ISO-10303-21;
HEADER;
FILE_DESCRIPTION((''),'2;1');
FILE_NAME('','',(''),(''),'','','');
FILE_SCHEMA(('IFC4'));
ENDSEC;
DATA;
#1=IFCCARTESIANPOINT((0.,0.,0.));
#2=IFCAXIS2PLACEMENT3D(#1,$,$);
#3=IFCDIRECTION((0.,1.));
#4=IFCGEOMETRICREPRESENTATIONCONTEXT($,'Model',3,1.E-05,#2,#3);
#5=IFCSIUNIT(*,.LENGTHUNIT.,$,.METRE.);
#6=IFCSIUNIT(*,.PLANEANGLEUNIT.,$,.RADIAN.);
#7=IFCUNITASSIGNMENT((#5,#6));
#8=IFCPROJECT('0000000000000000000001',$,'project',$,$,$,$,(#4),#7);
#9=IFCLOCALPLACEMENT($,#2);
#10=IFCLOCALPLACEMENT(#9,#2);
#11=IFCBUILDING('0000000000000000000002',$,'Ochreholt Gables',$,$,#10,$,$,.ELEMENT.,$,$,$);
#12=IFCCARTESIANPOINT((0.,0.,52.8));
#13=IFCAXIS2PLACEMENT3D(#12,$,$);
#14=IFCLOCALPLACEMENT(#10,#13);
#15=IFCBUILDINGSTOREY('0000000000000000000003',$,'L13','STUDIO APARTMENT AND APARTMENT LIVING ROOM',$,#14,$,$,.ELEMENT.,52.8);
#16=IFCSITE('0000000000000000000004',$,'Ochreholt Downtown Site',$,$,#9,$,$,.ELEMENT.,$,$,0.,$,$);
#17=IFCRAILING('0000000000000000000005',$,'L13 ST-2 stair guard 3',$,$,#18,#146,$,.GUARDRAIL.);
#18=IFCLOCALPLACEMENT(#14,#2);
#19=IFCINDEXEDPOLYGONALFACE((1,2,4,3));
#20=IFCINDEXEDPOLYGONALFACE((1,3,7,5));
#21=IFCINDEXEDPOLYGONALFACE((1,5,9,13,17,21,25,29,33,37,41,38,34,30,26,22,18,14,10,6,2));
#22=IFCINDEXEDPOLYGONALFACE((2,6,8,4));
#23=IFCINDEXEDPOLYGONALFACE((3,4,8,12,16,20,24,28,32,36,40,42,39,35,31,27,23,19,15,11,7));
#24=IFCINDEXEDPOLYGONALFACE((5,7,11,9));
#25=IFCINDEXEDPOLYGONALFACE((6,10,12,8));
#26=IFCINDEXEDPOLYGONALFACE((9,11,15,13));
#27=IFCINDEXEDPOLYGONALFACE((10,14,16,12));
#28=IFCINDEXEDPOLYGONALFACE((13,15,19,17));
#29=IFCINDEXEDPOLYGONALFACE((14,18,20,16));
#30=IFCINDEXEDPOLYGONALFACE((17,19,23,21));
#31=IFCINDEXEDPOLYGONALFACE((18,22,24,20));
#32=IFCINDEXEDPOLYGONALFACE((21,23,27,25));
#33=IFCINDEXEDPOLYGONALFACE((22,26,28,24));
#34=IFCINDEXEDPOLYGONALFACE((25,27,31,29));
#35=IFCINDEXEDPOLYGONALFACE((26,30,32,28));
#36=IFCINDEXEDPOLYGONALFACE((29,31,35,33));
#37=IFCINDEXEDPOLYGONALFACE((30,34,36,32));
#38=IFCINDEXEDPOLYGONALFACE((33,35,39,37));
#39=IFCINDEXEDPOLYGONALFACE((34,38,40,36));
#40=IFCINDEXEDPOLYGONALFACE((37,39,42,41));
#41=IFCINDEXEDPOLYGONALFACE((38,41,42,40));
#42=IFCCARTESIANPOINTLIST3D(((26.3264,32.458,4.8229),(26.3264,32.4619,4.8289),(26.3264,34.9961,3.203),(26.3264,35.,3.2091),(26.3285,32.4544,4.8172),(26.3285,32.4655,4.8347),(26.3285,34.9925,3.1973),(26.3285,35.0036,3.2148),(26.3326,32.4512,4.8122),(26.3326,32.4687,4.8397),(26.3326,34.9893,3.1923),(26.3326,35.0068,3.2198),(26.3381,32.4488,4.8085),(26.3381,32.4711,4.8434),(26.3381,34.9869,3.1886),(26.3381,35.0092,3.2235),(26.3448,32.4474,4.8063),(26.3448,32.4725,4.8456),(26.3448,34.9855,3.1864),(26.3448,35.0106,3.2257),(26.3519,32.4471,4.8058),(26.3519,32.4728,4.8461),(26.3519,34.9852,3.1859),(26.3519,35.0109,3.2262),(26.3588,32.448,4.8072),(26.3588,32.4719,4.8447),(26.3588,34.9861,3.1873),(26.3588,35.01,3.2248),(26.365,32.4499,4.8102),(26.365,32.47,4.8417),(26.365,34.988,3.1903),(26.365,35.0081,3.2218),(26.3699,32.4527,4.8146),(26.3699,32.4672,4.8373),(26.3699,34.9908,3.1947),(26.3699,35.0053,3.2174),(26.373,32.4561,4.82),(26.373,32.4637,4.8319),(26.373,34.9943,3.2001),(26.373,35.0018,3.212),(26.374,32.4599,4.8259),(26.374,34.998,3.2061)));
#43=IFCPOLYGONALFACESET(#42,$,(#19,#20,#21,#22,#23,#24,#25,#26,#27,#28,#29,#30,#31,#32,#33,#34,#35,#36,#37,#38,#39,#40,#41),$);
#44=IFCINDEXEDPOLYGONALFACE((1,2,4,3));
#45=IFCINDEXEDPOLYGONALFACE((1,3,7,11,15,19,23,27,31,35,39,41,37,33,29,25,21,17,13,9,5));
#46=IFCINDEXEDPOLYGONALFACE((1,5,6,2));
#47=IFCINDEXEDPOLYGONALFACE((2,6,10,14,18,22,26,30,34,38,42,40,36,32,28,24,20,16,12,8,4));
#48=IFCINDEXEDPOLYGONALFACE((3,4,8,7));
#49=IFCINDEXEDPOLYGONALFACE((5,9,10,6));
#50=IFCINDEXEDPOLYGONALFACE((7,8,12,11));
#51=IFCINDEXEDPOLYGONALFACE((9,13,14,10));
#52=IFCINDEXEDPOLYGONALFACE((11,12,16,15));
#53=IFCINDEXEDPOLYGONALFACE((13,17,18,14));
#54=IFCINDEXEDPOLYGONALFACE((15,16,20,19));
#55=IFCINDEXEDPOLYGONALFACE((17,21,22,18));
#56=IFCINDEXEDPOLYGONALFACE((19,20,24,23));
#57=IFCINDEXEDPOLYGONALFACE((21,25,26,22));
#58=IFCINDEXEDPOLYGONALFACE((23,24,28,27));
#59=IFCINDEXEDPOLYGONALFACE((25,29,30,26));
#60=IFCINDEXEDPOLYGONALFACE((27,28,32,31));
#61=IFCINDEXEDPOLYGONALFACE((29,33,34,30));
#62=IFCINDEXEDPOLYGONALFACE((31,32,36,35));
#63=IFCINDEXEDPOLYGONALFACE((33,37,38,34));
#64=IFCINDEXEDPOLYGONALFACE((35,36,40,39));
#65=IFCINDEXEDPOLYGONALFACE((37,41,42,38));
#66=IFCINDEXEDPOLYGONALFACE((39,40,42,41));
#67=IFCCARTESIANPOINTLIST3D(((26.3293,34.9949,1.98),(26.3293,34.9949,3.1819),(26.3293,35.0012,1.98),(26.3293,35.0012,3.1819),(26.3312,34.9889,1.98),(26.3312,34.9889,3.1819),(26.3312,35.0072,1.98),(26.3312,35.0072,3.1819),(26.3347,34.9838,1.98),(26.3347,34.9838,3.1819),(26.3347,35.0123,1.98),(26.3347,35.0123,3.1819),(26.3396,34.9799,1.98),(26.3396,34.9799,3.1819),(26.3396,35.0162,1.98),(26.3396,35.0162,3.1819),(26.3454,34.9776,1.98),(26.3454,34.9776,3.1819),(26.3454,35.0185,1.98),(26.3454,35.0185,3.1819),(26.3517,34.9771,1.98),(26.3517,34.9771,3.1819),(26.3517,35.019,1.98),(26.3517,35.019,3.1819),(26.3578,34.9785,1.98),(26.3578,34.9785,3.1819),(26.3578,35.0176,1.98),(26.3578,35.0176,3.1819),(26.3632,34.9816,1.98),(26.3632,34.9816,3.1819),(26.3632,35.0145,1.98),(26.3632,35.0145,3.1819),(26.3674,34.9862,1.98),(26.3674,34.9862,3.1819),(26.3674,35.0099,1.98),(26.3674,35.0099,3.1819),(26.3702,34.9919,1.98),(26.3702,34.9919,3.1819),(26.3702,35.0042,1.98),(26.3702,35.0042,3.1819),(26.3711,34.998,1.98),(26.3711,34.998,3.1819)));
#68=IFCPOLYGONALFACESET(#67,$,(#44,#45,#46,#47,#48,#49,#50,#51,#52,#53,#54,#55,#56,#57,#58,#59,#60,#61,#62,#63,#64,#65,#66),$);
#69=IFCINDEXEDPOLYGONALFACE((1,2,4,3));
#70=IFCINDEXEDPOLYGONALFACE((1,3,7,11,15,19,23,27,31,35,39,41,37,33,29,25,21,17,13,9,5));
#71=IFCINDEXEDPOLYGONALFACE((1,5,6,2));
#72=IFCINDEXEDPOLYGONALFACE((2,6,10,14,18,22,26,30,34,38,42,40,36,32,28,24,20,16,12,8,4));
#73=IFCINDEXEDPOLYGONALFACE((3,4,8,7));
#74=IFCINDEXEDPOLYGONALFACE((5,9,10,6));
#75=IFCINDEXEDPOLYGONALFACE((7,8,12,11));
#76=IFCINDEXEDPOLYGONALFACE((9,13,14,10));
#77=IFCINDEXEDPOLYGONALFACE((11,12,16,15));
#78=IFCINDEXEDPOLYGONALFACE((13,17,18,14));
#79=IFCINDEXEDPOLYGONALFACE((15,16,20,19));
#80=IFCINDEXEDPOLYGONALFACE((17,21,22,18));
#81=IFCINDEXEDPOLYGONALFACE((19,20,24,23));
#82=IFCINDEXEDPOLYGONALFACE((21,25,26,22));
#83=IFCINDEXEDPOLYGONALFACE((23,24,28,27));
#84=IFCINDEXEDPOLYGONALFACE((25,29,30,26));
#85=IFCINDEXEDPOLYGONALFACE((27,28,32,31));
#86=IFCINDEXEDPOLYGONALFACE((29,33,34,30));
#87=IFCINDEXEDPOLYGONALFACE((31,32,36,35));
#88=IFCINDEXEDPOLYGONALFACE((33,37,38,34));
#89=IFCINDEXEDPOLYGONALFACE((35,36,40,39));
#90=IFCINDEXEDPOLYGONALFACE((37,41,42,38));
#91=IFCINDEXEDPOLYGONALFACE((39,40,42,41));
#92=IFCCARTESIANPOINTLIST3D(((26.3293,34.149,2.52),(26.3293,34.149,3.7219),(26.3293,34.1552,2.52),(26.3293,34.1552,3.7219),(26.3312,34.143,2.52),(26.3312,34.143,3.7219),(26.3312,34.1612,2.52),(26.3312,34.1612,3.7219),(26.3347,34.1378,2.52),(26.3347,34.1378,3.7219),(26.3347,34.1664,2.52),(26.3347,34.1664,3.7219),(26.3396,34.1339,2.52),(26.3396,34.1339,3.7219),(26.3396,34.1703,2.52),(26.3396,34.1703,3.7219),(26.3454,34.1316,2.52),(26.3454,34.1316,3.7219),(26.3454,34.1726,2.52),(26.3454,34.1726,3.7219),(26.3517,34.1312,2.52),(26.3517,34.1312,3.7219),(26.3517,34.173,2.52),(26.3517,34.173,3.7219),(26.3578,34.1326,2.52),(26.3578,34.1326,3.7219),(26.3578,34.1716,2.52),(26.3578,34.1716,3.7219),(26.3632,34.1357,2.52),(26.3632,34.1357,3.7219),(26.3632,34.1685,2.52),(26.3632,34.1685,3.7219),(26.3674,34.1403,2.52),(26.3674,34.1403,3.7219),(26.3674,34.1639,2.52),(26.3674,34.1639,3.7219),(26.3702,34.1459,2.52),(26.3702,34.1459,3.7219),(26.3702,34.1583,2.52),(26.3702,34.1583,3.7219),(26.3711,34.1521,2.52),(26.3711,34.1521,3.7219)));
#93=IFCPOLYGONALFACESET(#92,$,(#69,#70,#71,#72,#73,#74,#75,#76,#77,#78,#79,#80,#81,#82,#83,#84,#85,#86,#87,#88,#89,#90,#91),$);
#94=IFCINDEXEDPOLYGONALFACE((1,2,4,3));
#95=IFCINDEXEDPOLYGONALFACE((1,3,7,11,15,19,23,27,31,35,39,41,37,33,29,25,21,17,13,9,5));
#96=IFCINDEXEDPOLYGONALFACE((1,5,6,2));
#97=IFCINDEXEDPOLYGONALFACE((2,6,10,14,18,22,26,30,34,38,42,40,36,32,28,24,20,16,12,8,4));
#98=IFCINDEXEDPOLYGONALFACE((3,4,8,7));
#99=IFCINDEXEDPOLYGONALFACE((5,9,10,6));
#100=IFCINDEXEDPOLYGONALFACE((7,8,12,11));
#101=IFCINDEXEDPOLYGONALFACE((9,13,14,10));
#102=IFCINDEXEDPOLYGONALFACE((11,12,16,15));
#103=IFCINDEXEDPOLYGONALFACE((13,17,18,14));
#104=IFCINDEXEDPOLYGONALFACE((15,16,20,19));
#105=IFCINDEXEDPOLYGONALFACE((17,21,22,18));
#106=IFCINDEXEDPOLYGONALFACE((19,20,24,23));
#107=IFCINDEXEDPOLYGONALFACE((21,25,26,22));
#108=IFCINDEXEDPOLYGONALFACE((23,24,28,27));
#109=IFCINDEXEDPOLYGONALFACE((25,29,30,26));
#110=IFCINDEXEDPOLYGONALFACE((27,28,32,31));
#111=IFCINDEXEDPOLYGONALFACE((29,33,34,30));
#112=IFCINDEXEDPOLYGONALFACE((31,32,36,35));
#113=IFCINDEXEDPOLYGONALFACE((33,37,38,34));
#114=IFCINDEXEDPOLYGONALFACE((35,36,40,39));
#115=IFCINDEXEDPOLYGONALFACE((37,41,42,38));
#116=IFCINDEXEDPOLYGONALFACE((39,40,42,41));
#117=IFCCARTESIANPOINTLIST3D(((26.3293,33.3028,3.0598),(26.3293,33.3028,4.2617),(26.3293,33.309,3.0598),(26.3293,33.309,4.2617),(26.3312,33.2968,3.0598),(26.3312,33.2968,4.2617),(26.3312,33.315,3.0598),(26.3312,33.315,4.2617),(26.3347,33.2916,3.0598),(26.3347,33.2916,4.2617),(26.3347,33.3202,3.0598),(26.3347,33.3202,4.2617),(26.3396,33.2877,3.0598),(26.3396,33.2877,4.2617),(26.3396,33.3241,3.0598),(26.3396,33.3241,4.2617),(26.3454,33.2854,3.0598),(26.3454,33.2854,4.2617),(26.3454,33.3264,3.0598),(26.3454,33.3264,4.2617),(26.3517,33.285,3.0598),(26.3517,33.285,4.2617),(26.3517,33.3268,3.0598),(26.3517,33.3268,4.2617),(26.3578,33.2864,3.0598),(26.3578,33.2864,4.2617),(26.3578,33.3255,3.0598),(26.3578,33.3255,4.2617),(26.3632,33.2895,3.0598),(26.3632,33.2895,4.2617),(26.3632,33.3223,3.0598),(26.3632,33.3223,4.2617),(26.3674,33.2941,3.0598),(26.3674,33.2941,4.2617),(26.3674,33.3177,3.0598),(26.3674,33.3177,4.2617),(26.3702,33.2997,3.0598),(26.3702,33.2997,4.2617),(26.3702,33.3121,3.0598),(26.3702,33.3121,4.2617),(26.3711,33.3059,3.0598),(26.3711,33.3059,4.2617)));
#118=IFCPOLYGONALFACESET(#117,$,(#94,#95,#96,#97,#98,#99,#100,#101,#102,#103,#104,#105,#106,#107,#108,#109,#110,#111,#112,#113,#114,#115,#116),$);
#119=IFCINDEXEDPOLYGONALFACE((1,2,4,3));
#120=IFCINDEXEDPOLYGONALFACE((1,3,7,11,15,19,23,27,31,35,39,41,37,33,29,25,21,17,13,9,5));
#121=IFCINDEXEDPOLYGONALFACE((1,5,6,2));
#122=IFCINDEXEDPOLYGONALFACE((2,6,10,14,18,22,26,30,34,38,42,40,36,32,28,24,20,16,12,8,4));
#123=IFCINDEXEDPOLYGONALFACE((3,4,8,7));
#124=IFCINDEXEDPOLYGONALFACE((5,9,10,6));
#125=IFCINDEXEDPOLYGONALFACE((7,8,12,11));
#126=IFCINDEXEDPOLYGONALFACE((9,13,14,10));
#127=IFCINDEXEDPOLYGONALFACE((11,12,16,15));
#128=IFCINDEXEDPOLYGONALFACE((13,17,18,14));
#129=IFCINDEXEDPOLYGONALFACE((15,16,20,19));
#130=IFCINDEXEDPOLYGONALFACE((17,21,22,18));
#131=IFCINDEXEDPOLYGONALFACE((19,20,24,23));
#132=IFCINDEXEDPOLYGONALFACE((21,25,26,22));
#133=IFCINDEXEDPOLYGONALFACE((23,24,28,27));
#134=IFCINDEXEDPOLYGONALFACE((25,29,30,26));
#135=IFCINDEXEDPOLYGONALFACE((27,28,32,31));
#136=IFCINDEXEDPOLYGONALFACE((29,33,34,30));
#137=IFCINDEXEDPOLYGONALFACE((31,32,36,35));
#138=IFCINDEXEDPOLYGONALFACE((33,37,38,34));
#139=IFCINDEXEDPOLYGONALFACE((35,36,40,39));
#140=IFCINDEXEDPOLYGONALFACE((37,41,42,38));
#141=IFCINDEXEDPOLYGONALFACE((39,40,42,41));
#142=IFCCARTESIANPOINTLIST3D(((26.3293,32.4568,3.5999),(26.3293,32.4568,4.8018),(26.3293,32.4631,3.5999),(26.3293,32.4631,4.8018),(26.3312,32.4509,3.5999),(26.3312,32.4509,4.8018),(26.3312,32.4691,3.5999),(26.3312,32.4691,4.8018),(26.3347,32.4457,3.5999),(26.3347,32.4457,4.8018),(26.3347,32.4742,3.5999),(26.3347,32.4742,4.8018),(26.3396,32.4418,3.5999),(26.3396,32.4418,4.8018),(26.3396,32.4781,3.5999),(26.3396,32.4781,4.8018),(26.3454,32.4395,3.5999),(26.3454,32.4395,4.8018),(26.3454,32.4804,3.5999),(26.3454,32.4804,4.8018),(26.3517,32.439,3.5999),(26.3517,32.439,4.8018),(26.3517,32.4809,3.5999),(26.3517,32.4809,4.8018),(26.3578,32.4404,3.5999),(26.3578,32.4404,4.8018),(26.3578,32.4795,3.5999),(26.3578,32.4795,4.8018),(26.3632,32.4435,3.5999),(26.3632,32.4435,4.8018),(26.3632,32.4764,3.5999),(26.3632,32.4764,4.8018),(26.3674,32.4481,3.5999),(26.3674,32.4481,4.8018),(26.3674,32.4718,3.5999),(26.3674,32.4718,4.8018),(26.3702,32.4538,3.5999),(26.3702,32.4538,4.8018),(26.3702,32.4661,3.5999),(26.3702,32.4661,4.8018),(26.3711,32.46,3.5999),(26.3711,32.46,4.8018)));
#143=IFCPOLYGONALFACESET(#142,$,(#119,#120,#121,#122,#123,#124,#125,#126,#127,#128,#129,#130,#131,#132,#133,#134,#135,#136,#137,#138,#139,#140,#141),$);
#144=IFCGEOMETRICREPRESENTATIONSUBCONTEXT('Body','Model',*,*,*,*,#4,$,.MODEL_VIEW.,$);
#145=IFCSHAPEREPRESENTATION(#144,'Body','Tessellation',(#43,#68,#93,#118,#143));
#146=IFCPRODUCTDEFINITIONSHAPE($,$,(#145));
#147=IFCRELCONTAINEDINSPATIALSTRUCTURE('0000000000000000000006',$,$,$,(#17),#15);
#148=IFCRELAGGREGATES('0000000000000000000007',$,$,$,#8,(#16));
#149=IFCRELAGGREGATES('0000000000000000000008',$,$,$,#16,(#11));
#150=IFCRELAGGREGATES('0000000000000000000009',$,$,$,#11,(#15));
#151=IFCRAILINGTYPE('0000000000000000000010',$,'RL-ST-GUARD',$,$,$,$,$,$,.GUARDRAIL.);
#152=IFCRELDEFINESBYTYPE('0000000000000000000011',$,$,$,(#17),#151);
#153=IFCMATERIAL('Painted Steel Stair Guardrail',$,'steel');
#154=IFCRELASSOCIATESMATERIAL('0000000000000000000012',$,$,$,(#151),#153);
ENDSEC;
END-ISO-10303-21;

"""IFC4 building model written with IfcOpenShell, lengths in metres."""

from ifc_helpers import new_model, si_unit, direction, frame, origin, origin_2d, place, context, subcontext, project, spatial, circle, extrude, material, type_object, element, save


model = new_model("IFC4")

# Units and contexts
model_context = context("Model", 3, precision=1e-05, world=origin(), true_north=direction((0.0, 1.0)))
body_context = subcontext(model_context, "Body", "Model", "MODEL_VIEW")
ifc_project = project(units=[si_unit("LENGTHUNIT", "METRE"), si_unit("PLANEANGLEUNIT", "RADIAN")], contexts=[model_context])

# Site, building, storey
site_placement = place(None, origin())
site = spatial("IfcSite", under=ifc_project, at=site_placement, Name="Ochreholt Downtown Site", CompositionType="ELEMENT", RefElevation=0.0)
building_placement = place(site_placement, origin())
building = spatial("IfcBuilding", under=site, at=building_placement, Name="Ochreholt Gables", CompositionType="ELEMENT")
storey_placement = place(building_placement, frame((0.0, 0.0, 52.8)))
storey = spatial("IfcBuildingStorey", under=building, at=storey_placement, Name="L13", Description="STUDIO APARTMENT AND APARTMENT LIVING ROOM", CompositionType="ELEMENT", Elevation=52.8)

# Railing
ifc_material_1 = material(Name="Painted Steel Stair Guardrail", Category="steel")
railing_type = type_object("IfcRailingType", Name="RL-ST-GUARD", PredefinedType="GUARDRAIL", material=ifc_material_1)
railing_1_placement = place(storey_placement, frame((26.3501, 34.998, 1.98)))
element("IfcRailing", 1, at=railing_1_placement, inside=storey, type_object=railing_type, Name="L13 ST-2 stair guard 3", PredefinedType="GUARDRAIL", context=body_context, shape_type="SweptSolid", body=[
    extrude(circle(Radius=0.0239, at=origin_2d()), frame((0.0, 0.0, 1.2261), z_axis=(0.0, -0.84295, 0.537993), x_axis=(1.0, 0.0, 0.0)), (0.0, 0.0, 1.0), 3.011),
    extrude(circle(Radius=0.021, at=origin_2d()), origin(), (0.0, 0.0, 1.0), 1.2019),
    extrude(circle(Radius=0.021, at=origin_2d()), frame((0.0, -0.8459, 0.54)), (0.0, 0.0, 1.0), 1.2019),
    extrude(circle(Radius=0.021, at=origin_2d()), frame((0.0, -1.6921, 1.0798)), (0.0, 0.0, 1.0), 1.2019),
    extrude(circle(Radius=0.021, at=origin_2d()), frame((0.0, -2.5381, 1.6199)), (0.0, 0.0, 1.0), 1.2019),
])

save(model, "model.ifc")
